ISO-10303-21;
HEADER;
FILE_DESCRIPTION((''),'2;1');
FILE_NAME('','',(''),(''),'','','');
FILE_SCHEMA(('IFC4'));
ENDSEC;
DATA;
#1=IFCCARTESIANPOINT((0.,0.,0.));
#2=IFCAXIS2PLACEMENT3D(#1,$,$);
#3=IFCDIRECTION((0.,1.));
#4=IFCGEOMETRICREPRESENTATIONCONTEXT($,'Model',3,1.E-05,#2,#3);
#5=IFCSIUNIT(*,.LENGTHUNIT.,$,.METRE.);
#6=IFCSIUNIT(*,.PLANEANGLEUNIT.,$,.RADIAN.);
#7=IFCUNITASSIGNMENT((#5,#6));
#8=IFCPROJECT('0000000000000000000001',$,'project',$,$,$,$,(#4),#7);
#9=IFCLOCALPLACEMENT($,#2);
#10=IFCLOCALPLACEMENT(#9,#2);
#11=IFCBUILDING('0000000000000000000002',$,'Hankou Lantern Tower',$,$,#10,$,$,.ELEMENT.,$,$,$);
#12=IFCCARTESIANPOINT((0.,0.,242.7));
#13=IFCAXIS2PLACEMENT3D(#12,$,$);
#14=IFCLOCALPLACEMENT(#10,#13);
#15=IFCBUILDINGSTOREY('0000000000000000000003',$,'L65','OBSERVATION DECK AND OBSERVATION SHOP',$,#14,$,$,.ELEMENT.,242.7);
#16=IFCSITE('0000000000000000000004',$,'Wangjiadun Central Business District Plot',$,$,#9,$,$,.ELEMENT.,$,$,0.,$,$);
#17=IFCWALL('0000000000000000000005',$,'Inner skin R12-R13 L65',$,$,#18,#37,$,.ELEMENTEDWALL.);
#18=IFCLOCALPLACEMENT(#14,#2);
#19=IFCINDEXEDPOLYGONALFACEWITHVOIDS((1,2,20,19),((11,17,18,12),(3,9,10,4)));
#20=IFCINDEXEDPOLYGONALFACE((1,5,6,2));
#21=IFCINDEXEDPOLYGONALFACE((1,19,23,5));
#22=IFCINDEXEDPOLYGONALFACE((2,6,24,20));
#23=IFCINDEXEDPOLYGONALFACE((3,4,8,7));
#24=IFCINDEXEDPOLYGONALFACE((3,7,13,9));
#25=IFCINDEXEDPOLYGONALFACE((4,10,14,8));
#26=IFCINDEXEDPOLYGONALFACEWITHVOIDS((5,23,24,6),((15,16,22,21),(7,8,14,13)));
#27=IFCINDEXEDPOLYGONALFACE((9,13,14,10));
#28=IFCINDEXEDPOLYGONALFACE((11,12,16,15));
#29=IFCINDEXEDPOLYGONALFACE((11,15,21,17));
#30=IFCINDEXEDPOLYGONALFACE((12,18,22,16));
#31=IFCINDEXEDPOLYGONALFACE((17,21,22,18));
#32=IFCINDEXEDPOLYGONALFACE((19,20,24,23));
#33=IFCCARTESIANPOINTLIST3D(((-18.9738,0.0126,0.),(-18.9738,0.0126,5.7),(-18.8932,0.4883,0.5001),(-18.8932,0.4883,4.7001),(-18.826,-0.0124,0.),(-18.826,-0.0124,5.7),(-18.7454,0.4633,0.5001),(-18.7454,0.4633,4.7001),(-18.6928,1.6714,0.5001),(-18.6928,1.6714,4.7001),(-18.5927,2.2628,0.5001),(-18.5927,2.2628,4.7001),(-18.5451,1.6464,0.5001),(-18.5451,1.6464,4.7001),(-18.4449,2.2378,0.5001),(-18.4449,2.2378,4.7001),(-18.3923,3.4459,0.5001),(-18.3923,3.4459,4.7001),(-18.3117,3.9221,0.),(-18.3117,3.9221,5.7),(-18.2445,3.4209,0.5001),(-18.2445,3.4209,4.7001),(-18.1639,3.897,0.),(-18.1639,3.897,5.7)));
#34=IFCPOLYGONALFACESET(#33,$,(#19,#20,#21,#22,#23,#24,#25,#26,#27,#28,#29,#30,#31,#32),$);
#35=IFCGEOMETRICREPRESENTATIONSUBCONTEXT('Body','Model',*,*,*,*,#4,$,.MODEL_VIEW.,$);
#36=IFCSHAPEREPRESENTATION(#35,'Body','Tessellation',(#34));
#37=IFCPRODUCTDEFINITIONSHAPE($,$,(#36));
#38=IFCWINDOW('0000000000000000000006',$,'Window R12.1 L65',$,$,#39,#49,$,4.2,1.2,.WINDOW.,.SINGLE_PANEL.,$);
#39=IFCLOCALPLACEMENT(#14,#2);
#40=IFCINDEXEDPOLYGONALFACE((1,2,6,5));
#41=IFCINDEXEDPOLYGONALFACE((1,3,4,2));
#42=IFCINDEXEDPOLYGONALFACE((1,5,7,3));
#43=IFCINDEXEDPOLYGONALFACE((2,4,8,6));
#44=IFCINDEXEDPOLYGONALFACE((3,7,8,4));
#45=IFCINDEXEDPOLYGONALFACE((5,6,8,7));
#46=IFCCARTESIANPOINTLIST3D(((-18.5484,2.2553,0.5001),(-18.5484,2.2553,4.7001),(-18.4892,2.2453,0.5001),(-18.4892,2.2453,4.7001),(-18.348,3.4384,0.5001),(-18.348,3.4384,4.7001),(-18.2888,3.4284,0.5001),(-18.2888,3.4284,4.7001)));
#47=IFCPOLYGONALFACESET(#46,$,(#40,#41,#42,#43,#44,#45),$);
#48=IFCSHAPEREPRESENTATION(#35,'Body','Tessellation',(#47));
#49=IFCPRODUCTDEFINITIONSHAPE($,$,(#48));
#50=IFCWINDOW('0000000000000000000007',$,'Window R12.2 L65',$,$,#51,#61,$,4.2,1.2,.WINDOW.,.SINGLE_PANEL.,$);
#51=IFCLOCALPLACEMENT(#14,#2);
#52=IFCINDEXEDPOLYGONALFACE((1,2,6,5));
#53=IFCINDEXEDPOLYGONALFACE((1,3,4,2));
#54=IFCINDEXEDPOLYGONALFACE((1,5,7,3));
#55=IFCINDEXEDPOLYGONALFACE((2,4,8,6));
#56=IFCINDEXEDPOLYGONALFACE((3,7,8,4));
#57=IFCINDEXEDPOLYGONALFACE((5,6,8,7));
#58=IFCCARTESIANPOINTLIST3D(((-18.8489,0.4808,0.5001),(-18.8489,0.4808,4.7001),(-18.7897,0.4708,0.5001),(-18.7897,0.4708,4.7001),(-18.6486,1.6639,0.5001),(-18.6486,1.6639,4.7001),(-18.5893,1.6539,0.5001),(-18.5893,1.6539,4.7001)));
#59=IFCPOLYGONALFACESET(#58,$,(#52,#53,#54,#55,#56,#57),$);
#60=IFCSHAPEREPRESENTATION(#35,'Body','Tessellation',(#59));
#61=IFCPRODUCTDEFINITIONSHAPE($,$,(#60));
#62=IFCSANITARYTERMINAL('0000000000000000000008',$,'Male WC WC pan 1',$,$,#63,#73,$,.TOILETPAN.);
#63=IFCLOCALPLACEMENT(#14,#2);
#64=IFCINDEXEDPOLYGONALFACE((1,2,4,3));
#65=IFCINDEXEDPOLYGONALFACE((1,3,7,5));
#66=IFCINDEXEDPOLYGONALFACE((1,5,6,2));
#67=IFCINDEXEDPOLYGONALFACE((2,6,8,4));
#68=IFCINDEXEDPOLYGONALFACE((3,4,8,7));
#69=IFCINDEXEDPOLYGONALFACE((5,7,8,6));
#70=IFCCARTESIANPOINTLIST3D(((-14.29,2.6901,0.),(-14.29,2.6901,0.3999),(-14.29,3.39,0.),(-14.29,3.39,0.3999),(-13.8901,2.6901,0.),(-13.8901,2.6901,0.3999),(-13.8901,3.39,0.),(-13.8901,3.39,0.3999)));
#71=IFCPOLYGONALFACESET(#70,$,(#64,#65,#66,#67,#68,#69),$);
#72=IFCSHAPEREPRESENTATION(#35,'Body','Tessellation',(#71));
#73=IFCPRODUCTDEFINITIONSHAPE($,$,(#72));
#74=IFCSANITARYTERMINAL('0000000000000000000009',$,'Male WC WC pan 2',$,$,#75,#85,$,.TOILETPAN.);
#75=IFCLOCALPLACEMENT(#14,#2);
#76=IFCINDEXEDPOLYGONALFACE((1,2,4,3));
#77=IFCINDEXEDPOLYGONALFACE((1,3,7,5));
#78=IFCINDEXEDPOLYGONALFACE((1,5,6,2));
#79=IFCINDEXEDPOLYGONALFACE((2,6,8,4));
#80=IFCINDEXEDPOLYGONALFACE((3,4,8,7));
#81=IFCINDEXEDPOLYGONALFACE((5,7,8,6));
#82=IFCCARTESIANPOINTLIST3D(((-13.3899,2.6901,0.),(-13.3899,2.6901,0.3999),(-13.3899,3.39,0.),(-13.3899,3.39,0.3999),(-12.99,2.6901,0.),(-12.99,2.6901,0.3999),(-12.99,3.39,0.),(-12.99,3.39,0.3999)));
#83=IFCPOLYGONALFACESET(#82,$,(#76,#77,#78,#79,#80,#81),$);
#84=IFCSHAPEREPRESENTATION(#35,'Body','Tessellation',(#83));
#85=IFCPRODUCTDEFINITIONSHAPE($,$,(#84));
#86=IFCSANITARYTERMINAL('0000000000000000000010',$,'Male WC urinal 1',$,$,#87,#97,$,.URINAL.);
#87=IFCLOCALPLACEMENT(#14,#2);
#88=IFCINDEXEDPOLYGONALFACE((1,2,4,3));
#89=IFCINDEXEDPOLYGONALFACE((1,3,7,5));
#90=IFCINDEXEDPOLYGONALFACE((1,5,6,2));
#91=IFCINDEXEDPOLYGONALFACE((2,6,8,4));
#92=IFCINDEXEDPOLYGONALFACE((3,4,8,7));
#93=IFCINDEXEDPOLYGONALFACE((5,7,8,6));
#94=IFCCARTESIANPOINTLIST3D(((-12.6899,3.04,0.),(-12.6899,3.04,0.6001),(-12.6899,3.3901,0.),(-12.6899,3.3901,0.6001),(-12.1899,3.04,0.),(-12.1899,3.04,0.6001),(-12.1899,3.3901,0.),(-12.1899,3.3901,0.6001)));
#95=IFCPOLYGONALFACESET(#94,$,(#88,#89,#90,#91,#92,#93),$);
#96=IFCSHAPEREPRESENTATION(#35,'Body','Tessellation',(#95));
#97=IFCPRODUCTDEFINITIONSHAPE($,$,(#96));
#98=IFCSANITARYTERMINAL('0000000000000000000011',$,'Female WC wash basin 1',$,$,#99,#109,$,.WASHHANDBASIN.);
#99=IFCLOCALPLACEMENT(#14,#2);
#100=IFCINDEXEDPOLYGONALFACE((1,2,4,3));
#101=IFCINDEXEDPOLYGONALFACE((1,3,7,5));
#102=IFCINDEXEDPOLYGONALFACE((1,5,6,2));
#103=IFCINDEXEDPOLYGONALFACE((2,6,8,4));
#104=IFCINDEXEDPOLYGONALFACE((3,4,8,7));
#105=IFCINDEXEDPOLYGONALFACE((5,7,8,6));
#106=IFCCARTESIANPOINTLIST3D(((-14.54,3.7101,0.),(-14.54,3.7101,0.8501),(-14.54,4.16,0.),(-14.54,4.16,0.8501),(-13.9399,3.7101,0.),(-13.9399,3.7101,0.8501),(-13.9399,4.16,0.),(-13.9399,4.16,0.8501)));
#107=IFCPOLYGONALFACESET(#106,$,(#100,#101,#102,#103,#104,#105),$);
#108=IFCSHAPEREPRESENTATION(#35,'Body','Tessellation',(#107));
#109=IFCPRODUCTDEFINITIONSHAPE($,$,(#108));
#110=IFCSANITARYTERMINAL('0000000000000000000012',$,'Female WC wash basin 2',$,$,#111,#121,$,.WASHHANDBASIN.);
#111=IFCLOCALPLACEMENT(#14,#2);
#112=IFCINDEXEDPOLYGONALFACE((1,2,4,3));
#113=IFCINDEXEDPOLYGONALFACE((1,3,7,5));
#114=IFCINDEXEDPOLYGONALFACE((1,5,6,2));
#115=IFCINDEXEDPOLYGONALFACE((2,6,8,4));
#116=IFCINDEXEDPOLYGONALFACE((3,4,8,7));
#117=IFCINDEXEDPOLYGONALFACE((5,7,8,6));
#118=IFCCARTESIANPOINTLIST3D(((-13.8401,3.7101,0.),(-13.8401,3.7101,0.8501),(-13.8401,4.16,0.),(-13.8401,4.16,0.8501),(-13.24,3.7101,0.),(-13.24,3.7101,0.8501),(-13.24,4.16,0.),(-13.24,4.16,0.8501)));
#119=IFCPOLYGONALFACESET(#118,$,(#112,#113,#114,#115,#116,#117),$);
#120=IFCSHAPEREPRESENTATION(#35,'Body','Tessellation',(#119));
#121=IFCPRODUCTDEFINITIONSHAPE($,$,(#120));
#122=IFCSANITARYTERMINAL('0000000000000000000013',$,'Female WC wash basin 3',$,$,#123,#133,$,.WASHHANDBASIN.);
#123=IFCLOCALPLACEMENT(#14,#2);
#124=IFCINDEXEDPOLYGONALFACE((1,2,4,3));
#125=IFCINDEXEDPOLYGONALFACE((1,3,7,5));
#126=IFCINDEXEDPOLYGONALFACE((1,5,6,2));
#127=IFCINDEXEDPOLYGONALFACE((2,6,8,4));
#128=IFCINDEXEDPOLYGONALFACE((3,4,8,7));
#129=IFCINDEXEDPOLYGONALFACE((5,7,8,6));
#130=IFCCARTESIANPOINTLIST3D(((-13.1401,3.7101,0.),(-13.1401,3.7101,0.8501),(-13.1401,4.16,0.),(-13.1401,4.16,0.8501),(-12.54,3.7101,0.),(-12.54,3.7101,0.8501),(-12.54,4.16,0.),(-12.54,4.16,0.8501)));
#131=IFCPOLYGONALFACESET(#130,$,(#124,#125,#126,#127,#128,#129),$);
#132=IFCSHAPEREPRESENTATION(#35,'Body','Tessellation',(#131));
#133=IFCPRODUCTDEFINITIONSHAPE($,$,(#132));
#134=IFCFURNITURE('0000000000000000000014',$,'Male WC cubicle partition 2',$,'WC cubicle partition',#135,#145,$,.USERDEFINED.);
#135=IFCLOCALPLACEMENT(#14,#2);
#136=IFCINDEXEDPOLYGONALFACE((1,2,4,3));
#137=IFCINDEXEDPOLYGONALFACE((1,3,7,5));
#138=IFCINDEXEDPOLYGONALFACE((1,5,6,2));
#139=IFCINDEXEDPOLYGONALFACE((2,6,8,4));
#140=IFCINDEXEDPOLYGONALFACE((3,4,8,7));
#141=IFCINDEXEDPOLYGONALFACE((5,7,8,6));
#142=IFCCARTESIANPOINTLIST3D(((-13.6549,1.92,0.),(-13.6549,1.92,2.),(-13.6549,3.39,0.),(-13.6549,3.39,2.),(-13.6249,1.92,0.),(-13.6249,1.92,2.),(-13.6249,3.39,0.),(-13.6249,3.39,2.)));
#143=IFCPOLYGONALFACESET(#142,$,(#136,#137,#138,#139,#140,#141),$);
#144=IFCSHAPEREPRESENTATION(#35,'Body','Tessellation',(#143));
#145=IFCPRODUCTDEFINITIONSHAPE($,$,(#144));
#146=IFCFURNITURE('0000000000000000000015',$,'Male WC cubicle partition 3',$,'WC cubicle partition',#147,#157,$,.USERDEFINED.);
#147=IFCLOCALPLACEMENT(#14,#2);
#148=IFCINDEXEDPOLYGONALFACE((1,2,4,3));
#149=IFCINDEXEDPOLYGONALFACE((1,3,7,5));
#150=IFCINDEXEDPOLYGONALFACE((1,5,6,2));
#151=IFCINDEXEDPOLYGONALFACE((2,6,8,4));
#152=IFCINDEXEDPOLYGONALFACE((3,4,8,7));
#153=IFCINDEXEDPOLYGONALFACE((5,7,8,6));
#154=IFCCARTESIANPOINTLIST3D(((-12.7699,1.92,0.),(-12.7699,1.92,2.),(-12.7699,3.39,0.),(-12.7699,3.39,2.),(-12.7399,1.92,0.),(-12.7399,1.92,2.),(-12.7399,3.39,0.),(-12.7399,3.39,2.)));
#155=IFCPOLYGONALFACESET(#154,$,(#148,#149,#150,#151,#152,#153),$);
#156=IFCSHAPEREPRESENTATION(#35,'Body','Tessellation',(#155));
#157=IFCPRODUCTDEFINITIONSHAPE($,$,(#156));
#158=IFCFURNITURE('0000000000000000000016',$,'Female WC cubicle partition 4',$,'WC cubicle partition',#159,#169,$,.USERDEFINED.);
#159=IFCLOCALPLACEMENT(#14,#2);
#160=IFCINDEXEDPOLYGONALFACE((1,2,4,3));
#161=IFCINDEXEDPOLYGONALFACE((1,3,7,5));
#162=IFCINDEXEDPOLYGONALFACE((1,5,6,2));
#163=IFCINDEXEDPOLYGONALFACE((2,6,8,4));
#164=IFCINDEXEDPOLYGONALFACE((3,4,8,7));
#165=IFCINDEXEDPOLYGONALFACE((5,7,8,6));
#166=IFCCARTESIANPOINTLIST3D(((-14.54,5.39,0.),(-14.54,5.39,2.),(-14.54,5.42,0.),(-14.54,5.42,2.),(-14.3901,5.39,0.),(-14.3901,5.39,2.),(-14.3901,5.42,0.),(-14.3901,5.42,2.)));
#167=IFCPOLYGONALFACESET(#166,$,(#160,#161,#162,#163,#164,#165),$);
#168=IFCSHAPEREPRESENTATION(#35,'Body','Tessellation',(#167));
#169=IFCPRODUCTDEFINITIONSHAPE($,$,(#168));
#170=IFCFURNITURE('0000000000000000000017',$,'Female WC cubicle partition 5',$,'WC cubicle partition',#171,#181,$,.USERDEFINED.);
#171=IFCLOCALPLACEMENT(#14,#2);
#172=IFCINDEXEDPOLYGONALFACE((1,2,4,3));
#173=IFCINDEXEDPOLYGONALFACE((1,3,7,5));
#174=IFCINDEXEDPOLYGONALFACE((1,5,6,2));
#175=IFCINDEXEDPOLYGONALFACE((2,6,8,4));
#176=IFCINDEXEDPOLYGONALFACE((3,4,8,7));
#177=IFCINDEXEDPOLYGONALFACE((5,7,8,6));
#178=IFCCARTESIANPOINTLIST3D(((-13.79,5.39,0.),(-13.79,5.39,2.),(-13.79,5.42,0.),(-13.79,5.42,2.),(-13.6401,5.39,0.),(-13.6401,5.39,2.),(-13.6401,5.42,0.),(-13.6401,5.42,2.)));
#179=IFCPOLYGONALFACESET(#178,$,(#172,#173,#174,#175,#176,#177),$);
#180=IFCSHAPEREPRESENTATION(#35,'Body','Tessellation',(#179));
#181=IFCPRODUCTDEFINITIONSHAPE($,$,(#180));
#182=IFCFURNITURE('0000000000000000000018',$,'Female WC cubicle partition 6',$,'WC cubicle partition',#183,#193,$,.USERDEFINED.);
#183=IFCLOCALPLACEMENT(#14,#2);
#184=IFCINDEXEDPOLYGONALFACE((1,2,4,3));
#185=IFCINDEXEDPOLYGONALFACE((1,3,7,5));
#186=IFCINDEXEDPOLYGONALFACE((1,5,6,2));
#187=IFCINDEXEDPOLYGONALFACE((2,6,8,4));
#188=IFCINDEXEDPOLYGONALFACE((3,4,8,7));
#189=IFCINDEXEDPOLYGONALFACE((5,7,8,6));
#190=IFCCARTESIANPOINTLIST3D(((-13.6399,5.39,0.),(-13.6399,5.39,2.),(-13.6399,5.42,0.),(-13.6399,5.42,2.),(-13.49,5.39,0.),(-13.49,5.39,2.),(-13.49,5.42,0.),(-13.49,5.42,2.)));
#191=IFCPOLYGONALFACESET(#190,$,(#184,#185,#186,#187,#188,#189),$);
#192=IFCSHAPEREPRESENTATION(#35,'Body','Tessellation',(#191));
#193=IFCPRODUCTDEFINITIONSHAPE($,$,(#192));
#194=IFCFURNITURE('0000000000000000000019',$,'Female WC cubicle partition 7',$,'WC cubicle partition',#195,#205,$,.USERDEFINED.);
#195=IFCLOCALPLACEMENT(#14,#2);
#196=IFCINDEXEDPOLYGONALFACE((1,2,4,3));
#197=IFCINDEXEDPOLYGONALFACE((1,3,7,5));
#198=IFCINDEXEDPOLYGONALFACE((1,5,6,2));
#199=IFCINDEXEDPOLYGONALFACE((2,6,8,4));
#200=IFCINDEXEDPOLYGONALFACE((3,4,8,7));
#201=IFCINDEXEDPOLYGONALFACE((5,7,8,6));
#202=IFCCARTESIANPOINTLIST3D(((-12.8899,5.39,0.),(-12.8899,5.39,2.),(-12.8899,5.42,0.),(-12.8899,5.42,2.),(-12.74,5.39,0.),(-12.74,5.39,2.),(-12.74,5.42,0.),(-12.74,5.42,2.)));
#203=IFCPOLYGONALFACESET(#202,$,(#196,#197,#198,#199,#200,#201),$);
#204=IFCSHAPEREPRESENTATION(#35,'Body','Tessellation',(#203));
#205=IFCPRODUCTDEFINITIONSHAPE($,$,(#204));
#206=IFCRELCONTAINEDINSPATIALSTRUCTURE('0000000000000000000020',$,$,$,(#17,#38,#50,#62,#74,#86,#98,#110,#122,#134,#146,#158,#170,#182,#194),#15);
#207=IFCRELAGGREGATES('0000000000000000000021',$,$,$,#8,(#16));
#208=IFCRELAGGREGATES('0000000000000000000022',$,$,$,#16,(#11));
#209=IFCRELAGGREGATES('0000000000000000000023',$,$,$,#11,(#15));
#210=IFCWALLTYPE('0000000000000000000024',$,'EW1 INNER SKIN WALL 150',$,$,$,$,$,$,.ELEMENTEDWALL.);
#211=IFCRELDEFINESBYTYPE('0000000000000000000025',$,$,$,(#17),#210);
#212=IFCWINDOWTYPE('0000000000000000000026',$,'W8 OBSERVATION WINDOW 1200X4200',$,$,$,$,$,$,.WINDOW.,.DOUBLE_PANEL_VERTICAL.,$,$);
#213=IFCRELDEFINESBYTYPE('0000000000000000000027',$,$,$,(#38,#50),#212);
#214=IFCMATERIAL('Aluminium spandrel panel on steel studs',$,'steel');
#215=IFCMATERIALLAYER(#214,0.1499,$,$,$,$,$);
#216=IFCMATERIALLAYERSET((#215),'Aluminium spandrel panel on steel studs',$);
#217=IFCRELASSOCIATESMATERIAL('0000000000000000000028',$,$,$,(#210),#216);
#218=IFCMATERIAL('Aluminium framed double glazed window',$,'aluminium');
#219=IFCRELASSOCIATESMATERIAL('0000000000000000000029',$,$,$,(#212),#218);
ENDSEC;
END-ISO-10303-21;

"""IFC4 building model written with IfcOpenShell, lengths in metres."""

from ifc_helpers import new_model, si_unit, direction, frame, frame_2d, origin, origin_2d, place, context, subcontext, project, spatial, rectangle, extrude, material, layer, layer_set, type_object, element, fill, save


model = new_model("IFC4")

# Units and contexts
model_context = context("Model", 3, precision=1e-05, world=origin(), true_north=direction((0.0, 1.0)))
body_context = subcontext(model_context, "Body", "Model", "MODEL_VIEW")
ifc_project = project(units=[si_unit("LENGTHUNIT", "METRE"), si_unit("PLANEANGLEUNIT", "RADIAN")], contexts=[model_context])

# Site, building, storey
site_placement = place(None, origin())
site = spatial("IfcSite", under=ifc_project, at=site_placement, Name="Wangjiadun Central Business District Plot", CompositionType="ELEMENT", RefElevation=0.0)
building_placement = place(site_placement, origin())
building = spatial("IfcBuilding", under=site, at=building_placement, Name="Hankou Lantern Tower", CompositionType="ELEMENT")
storey_placement = place(building_placement, frame((0.0, 0.0, 242.7)))
storey = spatial("IfcBuildingStorey", under=building, at=storey_placement, Name="L65", Description="OBSERVATION DECK AND OBSERVATION SHOP", CompositionType="ELEMENT", Elevation=242.7)

# Wall, openings, windows
ifc_material_1 = material(Name="Aluminium spandrel panel on steel studs", Category="steel")
ifc_layer = layer(ifc_material_1, 0.1499)
ifc_layer_set = layer_set([ifc_layer], Name="Aluminium spandrel panel on steel studs")
wall_type = type_object("IfcWallType", Name="EW1 INNER SKIN WALL 150", PredefinedType="ELEMENTEDWALL", material=ifc_layer_set)
wall_placement = place(storey_placement, frame((-18.2378, 3.9094, 0.0), z_axis=(0.0, 0.0, 1.0), x_axis=(-0.166984, -0.98596, 0.0)))
wall = element("IfcWall", 1, at=wall_placement, inside=storey, type_object=wall_type, Name="Inner skin R12-R13 L65", PredefinedType="ELEMENTEDWALL", context=body_context, shape_type="SweptSolid", body=[
    extrude(rectangle(XDim=3.9651, YDim=0.1499, at=frame_2d((1.9824, 0.0))), origin(), (0.0, 0.0, 1.0), 5.7),
])
opening_1_placement = place(wall_placement, frame((0.4827, 0.0, 0.5)))
opening_1 = element("IfcOpeningElement", 2, at=opening_1_placement, cuts=wall, PredefinedType="OPENING", context=body_context, shape_type="SweptSolid", body=[
    extrude(rectangle(XDim=1.2, YDim=4.2, at=frame_2d((0.6001, 2.1001))), frame((0.0, 0.085, 0.0), z_axis=(0.0, -1.0, 0.0), x_axis=(1.0, 0.0, 0.0)), (0.0, 0.0, 1.0), 0.1699),
])
opening_2_placement = place(wall_placement, frame((2.2825, 0.0, 0.5)))
opening_2 = element("IfcOpeningElement", 3, at=opening_2_placement, cuts=wall, PredefinedType="OPENING", context=body_context, shape_type="SweptSolid", body=[
    extrude(rectangle(XDim=1.2, YDim=4.2, at=frame_2d((0.6001, 2.1001))), frame((0.0, 0.085, 0.0), z_axis=(0.0, -1.0, 0.0), x_axis=(1.0, 0.0, 0.0)), (0.0, 0.0, 1.0), 0.1699),
])
ifc_material_2 = material(Name="Aluminium framed double glazed window", Category="aluminium")
window_type = type_object("IfcWindowType", Name="W8 OBSERVATION WINDOW 1200X4200", PartitioningType="DOUBLE_PANEL_VERTICAL", PredefinedType="WINDOW", material=ifc_material_2)
window_1_placement = place(opening_1_placement, origin())
window_1 = element("IfcWindow", 4, at=window_1_placement, inside=storey, type_object=window_type, Name="Window R12.1 L65", OverallHeight=4.2, OverallWidth=1.2, PartitioningType="SINGLE_PANEL", PredefinedType="WINDOW", context=body_context, shape_type="SweptSolid", body=[
    extrude(rectangle(XDim=1.2, YDim=4.2, at=frame_2d((0.6001, 2.1001))), frame((0.0, 0.03, 0.0), z_axis=(0.0, -1.0, 0.0), x_axis=(1.0, 0.0, 0.0)), (0.0, 0.0, 1.0), 0.0601),
])
fill(opening_1, window_1)
window_2_placement = place(opening_2_placement, origin())
window_2 = element("IfcWindow", 5, at=window_2_placement, inside=storey, type_object=window_type, Name="Window R12.2 L65", OverallHeight=4.2, OverallWidth=1.2, PartitioningType="SINGLE_PANEL", PredefinedType="WINDOW", context=body_context, shape_type="SweptSolid", body=[
    extrude(rectangle(XDim=1.2, YDim=4.2, at=frame_2d((0.6001, 2.1001))), frame((0.0, 0.03, 0.0), z_axis=(0.0, -1.0, 0.0), x_axis=(1.0, 0.0, 0.0)), (0.0, 0.0, 1.0), 0.0601),
])
fill(opening_2, window_2)

# Sanitary terminals
for number, where, z_axis, x_axis, name in (
    (6, (-14.0901, 3.04, 0.0), (0.0, 0.0, 1.0), (1.0, 0.0, 0.0), "Male WC WC pan 1"),
    (7, (-13.1899, 3.04, 0.0), (0.0, 0.0, 1.0), (1.0, 0.0, 0.0), "Male WC WC pan 2"),
):
    element("IfcSanitaryTerminal", number, at=place(storey_placement, frame(where, z_axis=z_axis, x_axis=x_axis)), inside=storey, Name=name, PredefinedType="TOILETPAN", context=body_context, shape_type="SweptSolid", body=[
        extrude(rectangle(XDim=0.3999, YDim=0.7, at=origin_2d()), origin(), (0.0, 0.0, 1.0), 0.3999),
    ])
sanitary_terminal_placement = place(storey_placement, frame((-12.4399, 3.2151, 0.0), z_axis=(0.0, 0.0, 1.0), x_axis=(1.0, 0.0, 0.0)))
element("IfcSanitaryTerminal", 8, at=sanitary_terminal_placement, inside=storey, Name="Male WC urinal 1", PredefinedType="URINAL", context=body_context, shape_type="SweptSolid", body=[
    extrude(rectangle(XDim=0.5, YDim=0.3501, at=origin_2d()), origin(), (0.0, 0.0, 1.0), 0.6001),
])
for number, where, z_axis, x_axis, name in (
    (9, (-14.24, 3.9351, 0.0), (0.0, 0.0, 1.0), (1.0, 0.0, 0.0), "Female WC wash basin 1"),
    (10, (-13.54, 3.9351, 0.0), (0.0, 0.0, 1.0), (1.0, 0.0, 0.0), "Female WC wash basin 2"),
    (11, (-12.8401, 3.9351, 0.0), (0.0, 0.0, 1.0), (1.0, 0.0, 0.0), "Female WC wash basin 3"),
):
    element("IfcSanitaryTerminal", number, at=place(storey_placement, frame(where, z_axis=z_axis, x_axis=x_axis)), inside=storey, Name=name, PredefinedType="WASHHANDBASIN", context=body_context, shape_type="SweptSolid", body=[
        extrude(rectangle(XDim=0.6001, YDim=0.45, at=origin_2d()), origin(), (0.0, 0.0, 1.0), 0.8501),
    ])

# Furniture
for number, where, z_axis, x_axis, name in (
    (12, (-13.6399, 2.655, 0.0), (0.0, 0.0, 1.0), (1.0, 0.0, 0.0), "Male WC cubicle partition 2"),
    (13, (-12.7549, 2.655, 0.0), (0.0, 0.0, 1.0), (1.0, 0.0, 0.0), "Male WC cubicle partition 3"),
):
    element("IfcFurniture", number, at=place(storey_placement, frame(where, z_axis=z_axis, x_axis=x_axis)), inside=storey, Name=name, ObjectType="WC cubicle partition", PredefinedType="USERDEFINED", context=body_context, shape_type="SweptSolid", body=[
        extrude(rectangle(XDim=0.03, YDim=1.47, at=origin_2d()), origin(), (0.0, 0.0, 1.0), 2.0),
    ])
for number, where, z_axis, x_axis, name in (
    (14, (-14.4651, 5.405, 0.0), (0.0, 0.0, 1.0), (1.0, 0.0, 0.0), "Female WC cubicle partition 4"),
    (15, (-13.7151, 5.405, 0.0), (0.0, 0.0, 1.0), (1.0, 0.0, 0.0), "Female WC cubicle partition 5"),
    (16, (-13.5649, 5.405, 0.0), (0.0, 0.0, 1.0), (1.0, 0.0, 0.0), "Female WC cubicle partition 6"),
    (17, (-12.8149, 5.405, 0.0), (0.0, 0.0, 1.0), (1.0, 0.0, 0.0), "Female WC cubicle partition 7"),
):
    element("IfcFurniture", number, at=place(storey_placement, frame(where, z_axis=z_axis, x_axis=x_axis)), inside=storey, Name=name, ObjectType="WC cubicle partition", PredefinedType="USERDEFINED", context=body_context, shape_type="SweptSolid", body=[
        extrude(rectangle(XDim=0.1499, YDim=0.03, at=origin_2d()), origin(), (0.0, 0.0, 1.0), 2.0),
    ])

save(model, "model.ifc")
